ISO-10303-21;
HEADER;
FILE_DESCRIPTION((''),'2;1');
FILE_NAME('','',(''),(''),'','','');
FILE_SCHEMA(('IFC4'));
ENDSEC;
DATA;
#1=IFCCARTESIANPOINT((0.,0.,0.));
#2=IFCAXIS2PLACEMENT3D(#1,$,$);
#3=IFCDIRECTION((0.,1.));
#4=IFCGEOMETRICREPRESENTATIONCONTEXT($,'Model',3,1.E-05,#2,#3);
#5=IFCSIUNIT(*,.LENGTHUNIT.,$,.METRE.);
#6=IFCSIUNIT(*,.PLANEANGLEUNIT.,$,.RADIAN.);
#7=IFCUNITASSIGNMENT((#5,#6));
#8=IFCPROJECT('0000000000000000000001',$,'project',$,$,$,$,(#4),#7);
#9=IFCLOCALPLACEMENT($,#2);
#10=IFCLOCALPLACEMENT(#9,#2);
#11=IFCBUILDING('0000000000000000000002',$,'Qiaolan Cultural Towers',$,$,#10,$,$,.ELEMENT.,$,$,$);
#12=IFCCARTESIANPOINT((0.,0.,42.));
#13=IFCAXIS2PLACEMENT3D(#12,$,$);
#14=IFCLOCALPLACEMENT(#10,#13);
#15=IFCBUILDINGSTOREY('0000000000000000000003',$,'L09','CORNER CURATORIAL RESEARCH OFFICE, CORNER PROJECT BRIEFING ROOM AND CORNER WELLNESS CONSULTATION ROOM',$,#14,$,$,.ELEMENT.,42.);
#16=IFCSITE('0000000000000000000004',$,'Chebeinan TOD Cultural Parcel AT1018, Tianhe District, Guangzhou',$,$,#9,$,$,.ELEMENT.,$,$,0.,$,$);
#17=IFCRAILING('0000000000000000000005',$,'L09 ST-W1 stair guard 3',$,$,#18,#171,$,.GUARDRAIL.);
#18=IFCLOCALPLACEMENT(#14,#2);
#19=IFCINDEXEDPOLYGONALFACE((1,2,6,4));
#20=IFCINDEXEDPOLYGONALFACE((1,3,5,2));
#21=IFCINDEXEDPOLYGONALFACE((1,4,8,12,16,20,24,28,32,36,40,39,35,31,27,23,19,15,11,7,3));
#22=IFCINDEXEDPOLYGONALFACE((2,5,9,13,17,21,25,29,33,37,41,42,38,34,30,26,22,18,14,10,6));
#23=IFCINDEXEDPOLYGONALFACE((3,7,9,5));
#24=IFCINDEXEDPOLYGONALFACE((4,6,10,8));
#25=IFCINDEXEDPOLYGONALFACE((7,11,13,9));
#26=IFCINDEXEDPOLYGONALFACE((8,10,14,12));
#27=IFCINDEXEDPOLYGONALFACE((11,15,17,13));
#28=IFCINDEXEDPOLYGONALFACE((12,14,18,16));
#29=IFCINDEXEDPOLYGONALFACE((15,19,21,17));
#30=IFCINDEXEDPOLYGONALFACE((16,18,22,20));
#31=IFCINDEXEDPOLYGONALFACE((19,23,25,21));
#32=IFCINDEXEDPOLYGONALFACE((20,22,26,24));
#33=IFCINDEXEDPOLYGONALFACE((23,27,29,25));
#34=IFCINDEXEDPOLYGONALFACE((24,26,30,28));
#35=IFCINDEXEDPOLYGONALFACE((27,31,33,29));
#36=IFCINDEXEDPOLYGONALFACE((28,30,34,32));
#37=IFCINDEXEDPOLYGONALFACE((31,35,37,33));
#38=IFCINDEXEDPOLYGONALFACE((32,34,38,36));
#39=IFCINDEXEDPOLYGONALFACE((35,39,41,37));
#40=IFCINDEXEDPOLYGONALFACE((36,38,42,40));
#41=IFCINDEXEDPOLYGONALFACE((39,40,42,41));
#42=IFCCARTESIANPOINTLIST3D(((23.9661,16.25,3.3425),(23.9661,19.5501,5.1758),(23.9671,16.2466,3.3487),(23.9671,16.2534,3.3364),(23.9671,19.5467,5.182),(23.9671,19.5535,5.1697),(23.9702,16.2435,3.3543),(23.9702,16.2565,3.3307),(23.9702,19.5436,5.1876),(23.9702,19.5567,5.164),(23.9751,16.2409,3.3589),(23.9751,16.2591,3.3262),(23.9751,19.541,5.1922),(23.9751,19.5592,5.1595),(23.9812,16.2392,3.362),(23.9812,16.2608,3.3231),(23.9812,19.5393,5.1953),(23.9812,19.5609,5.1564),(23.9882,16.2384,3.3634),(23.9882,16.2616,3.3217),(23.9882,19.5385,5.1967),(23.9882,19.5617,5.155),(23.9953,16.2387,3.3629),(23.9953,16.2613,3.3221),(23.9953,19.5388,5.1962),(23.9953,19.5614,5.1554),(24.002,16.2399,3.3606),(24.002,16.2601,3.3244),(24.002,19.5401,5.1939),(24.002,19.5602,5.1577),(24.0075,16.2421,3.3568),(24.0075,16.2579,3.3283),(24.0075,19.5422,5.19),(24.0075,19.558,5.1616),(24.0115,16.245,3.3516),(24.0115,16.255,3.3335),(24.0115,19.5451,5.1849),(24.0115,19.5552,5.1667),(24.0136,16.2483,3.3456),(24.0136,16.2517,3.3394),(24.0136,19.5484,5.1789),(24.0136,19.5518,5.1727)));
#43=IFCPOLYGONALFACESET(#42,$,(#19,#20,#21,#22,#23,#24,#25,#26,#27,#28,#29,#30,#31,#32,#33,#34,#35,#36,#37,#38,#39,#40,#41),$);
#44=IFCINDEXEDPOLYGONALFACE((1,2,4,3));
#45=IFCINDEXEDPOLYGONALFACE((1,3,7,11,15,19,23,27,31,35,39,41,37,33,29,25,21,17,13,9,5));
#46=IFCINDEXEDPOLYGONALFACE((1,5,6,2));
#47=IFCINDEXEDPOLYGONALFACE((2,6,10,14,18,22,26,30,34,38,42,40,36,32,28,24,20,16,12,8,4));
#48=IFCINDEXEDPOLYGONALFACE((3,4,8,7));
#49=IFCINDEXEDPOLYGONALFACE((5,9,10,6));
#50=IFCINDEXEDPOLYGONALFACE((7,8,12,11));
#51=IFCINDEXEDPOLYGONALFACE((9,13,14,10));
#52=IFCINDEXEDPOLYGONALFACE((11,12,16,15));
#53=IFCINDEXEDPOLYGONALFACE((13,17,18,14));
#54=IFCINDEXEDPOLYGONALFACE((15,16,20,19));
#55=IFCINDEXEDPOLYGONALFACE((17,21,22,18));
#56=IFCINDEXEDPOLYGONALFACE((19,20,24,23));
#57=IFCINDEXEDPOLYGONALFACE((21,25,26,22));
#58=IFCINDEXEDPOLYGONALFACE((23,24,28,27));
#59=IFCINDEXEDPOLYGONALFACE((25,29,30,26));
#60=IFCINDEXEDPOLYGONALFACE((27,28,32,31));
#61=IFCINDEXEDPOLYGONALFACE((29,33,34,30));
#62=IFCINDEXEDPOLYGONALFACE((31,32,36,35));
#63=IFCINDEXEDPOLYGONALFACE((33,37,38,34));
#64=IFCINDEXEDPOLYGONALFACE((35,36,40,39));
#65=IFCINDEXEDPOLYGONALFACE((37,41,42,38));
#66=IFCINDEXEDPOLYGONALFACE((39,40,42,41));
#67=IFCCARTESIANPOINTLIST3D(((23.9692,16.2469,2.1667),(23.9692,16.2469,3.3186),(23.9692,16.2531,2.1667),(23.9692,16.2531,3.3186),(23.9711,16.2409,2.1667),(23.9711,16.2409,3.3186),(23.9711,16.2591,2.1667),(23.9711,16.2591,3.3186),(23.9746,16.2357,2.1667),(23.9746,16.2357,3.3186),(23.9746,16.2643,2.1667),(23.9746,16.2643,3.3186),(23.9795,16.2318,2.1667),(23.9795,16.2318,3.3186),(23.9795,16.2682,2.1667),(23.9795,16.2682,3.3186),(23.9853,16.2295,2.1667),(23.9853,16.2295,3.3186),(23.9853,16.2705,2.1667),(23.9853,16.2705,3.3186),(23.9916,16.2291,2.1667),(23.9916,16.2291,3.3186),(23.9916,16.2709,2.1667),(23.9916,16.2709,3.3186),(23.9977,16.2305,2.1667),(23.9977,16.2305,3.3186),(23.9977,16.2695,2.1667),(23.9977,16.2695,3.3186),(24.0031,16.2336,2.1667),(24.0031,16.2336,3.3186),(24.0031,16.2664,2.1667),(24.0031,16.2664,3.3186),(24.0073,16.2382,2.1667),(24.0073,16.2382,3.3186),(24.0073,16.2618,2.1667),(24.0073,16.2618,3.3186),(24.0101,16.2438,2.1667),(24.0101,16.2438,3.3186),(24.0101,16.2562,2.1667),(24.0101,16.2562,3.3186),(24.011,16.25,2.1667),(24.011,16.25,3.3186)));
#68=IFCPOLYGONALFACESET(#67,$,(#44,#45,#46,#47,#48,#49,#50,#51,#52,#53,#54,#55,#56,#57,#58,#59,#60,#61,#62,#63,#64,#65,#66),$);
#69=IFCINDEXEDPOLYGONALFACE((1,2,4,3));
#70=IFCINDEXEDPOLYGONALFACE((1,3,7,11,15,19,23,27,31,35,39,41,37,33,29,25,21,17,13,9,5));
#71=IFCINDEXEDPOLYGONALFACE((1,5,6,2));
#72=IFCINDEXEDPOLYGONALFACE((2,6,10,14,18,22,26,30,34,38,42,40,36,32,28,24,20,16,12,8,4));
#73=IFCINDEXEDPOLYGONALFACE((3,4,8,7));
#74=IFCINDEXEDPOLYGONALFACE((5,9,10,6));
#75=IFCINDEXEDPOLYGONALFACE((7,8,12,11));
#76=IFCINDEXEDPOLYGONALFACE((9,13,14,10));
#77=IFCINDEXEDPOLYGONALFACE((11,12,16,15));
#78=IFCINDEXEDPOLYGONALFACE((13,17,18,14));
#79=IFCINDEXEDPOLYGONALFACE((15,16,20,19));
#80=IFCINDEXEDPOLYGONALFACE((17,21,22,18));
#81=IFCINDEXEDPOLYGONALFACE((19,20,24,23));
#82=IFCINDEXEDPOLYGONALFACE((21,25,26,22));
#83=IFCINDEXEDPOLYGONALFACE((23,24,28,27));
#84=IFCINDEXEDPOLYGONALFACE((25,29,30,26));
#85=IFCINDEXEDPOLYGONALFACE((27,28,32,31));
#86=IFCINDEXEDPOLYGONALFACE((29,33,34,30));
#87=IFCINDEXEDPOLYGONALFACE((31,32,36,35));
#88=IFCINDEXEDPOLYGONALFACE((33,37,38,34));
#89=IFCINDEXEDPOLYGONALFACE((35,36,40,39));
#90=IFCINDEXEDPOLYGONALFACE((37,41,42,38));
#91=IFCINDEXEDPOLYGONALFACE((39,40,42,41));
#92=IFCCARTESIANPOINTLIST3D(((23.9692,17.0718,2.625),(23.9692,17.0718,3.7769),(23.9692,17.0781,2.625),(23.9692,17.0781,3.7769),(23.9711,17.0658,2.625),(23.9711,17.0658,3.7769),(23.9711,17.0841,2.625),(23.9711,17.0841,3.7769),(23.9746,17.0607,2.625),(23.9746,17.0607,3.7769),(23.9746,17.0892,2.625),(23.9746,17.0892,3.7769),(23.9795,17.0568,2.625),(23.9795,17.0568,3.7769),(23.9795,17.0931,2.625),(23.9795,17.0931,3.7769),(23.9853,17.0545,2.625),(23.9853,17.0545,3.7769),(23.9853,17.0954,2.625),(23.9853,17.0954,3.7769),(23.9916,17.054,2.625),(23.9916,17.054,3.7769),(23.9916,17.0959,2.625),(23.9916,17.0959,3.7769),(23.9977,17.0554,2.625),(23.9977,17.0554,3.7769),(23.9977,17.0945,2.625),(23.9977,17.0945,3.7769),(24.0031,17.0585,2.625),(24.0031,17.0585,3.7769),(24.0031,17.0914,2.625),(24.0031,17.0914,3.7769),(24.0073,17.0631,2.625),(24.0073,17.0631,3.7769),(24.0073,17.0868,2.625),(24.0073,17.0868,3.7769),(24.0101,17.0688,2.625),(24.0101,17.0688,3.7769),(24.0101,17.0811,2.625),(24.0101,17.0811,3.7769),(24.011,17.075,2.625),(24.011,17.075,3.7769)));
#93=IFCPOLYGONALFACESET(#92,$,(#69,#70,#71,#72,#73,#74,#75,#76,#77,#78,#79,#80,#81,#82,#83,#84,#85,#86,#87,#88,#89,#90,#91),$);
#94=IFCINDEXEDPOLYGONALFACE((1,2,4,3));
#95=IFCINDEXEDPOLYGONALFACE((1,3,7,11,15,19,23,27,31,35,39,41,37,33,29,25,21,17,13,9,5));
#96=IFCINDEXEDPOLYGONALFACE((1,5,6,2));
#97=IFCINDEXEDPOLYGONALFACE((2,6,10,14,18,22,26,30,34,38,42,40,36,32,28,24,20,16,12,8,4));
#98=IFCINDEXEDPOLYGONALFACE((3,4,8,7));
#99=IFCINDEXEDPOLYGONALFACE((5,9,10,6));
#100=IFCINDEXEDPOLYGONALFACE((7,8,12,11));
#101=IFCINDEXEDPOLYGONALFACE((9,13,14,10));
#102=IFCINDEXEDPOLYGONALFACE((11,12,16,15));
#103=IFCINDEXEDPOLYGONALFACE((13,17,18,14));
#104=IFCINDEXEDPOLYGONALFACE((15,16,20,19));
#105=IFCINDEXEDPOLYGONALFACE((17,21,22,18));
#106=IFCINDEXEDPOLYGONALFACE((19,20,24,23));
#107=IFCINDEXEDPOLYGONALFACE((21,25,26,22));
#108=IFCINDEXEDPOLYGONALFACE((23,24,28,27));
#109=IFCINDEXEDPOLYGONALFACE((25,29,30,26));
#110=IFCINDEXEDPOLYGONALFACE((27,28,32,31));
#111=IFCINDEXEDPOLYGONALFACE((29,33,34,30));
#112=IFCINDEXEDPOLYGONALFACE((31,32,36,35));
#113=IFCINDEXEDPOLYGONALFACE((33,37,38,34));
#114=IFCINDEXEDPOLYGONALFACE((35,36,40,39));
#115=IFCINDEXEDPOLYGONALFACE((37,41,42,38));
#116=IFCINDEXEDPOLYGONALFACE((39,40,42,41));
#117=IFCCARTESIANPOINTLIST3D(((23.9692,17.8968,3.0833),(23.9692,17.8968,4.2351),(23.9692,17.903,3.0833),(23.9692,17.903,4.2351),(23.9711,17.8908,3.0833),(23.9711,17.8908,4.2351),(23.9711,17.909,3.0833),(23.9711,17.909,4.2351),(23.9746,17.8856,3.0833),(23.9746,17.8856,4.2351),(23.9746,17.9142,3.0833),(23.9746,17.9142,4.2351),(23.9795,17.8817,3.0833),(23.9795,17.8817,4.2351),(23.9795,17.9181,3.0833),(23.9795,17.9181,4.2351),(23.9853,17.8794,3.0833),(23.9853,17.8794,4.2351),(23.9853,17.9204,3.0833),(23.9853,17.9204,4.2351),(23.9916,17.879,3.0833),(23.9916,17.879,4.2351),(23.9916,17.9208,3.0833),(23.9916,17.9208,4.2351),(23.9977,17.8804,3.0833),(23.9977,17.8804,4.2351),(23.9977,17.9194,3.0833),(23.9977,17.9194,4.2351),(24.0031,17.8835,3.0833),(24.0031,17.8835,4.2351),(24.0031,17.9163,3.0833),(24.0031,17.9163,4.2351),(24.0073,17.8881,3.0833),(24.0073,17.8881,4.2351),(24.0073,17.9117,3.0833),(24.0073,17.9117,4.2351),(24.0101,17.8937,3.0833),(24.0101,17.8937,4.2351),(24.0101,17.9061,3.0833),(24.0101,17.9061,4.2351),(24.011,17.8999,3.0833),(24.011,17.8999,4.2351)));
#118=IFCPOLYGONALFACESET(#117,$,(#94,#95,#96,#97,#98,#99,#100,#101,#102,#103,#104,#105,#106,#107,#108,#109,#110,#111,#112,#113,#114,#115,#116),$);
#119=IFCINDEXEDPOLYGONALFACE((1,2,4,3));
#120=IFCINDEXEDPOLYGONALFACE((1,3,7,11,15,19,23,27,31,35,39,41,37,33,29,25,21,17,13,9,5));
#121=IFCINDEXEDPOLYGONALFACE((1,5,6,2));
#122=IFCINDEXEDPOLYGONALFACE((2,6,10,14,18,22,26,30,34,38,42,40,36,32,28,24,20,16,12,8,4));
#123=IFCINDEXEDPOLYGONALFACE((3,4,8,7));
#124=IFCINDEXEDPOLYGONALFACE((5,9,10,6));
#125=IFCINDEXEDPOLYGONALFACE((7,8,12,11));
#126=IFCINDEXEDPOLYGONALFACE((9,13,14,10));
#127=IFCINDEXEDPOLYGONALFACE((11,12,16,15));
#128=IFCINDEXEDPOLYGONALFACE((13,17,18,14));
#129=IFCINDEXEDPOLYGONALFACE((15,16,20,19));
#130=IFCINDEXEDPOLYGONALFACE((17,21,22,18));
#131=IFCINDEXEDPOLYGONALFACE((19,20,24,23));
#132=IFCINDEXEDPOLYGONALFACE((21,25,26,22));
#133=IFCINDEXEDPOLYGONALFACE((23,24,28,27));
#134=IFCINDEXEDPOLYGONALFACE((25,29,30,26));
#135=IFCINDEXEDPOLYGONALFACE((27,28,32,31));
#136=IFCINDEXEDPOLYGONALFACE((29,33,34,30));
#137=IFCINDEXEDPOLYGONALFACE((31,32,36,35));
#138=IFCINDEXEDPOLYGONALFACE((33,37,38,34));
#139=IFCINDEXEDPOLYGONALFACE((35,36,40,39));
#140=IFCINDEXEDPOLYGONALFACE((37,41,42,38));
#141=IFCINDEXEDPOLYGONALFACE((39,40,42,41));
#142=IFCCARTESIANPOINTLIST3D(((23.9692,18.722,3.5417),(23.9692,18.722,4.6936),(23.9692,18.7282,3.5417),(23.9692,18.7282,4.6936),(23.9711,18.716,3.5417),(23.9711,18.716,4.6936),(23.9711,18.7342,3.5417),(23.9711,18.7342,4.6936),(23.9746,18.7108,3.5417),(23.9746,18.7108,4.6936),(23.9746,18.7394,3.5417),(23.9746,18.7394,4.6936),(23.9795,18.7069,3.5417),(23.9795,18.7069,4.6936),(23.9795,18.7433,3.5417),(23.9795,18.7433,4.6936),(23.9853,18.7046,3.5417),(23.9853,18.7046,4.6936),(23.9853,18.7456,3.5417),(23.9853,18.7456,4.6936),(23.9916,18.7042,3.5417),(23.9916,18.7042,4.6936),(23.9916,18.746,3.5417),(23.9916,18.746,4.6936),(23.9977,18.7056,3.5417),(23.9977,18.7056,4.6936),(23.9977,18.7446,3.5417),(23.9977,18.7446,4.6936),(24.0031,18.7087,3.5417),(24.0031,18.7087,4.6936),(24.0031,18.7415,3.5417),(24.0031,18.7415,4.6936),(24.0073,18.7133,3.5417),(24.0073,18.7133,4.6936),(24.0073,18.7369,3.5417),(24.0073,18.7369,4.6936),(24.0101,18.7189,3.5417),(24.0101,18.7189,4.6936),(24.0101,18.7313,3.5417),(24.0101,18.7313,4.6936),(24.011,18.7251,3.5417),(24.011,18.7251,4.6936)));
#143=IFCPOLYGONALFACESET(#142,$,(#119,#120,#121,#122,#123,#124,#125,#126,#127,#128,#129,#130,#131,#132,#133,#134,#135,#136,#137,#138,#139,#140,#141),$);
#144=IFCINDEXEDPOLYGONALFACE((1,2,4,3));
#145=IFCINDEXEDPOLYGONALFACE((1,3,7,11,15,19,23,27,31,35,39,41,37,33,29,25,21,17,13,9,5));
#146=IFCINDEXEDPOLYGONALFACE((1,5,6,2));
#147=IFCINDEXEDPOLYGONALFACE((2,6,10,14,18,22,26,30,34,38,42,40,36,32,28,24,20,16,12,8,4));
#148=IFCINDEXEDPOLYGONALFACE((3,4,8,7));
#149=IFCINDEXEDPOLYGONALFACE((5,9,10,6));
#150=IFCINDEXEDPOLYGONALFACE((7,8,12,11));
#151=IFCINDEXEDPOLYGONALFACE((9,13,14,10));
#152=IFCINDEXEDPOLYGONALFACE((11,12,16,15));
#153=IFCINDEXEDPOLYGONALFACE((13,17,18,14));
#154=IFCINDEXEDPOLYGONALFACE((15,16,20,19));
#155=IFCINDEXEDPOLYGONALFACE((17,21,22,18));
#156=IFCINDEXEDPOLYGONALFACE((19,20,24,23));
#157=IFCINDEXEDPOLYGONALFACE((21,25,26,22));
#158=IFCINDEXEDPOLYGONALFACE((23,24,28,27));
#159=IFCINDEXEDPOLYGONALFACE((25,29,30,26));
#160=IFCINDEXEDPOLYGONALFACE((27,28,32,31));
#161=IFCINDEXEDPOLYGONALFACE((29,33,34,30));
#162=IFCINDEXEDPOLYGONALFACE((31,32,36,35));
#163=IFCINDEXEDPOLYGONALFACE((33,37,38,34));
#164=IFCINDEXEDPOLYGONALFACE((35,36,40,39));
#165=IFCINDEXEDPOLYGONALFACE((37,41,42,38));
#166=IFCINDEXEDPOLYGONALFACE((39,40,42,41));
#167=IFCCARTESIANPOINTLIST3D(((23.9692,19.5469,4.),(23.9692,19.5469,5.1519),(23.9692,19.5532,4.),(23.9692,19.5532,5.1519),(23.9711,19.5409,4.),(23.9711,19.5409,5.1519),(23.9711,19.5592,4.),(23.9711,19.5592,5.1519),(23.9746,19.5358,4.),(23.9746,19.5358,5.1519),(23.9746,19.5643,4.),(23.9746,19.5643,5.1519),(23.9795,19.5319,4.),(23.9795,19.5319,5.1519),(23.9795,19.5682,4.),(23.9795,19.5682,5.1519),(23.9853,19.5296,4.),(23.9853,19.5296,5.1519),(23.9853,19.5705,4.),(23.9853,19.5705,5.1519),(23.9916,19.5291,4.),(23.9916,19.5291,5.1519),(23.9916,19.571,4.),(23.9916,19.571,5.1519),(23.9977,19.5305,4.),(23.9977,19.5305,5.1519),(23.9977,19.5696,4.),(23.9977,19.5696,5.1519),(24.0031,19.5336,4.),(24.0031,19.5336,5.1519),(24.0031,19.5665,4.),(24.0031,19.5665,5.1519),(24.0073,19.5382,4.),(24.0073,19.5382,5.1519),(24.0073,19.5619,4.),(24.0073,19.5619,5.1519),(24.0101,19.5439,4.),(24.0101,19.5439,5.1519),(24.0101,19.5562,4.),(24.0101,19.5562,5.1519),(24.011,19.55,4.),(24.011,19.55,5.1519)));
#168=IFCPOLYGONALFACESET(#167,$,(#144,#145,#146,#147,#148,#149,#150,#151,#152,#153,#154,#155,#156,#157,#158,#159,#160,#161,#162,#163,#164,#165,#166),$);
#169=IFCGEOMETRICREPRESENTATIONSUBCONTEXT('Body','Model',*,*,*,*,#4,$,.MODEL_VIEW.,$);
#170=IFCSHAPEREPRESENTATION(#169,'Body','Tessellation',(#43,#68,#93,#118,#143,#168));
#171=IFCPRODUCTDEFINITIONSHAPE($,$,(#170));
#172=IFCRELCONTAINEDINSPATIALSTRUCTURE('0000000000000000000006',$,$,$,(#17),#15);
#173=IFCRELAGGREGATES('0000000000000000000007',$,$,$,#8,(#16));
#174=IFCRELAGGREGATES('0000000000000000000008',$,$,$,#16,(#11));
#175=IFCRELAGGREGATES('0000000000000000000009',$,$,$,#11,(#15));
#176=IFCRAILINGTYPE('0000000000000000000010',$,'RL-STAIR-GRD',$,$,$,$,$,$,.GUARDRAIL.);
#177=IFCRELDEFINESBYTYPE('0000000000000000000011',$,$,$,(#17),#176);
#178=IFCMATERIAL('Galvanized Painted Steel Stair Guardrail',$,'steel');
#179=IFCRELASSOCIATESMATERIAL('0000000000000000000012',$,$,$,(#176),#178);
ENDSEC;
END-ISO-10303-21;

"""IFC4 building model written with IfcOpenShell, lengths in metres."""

from ifc_helpers import new_model, si_unit, direction, frame, origin, origin_2d, place, context, subcontext, project, spatial, circle, extrude, material, type_object, element, save


model = new_model("IFC4")

# Units and contexts
model_context = context("Model", 3, precision=1e-05, world=origin(), true_north=direction((0.0, 1.0)))
body_context = subcontext(model_context, "Body", "Model", "MODEL_VIEW")
ifc_project = project(units=[si_unit("LENGTHUNIT", "METRE"), si_unit("PLANEANGLEUNIT", "RADIAN")], contexts=[model_context])

# Site, building, storey
site_placement = place(None, origin())
site = spatial("IfcSite", under=ifc_project, at=site_placement, Name="Chebeinan TOD Cultural Parcel AT1018, Tianhe District, Guangzhou", CompositionType="ELEMENT", RefElevation=0.0)
building_placement = place(site_placement, origin())
building = spatial("IfcBuilding", under=site, at=building_placement, Name="Qiaolan Cultural Towers", CompositionType="ELEMENT")
storey_placement = place(building_placement, frame((0.0, 0.0, 42.0)))
storey = spatial("IfcBuildingStorey", under=building, at=storey_placement, Name="L09", Description="CORNER CURATORIAL RESEARCH OFFICE, CORNER PROJECT BRIEFING ROOM AND CORNER WELLNESS CONSULTATION ROOM", CompositionType="ELEMENT", Elevation=42.0)

# Railing
ifc_material_1 = material(Name="Galvanized Painted Steel Stair Guardrail", Category="steel")
railing_type_1 = type_object("IfcRailingType", Name="RL-STAIR-GRD", PredefinedType="GUARDRAIL", material=ifc_material_1)
railing_1_placement = place(storey_placement, frame((23.99, 16.25, 2.1667)))
element("IfcRailing", 1, at=railing_1_placement, inside=storey, type_object=railing_type_1, Name="L09 ST-W1 stair guard 3", PredefinedType="GUARDRAIL", context=body_context, shape_type="SweptSolid", body=[
    extrude(circle(Radius=0.0239, at=origin_2d()), frame((0.0, 0.0, 1.1758), z_axis=(0.0, 0.874169, 0.485621), x_axis=(-1.0, 0.0, 0.0)), (0.0, 0.0, 1.0), 3.7751),
    extrude(circle(Radius=0.021, at=origin_2d()), origin(), (0.0, 0.0, 1.0), 1.1519),
    extrude(circle(Radius=0.021, at=origin_2d()), frame((0.0, 0.825, 0.4583)), (0.0, 0.0, 1.0), 1.1519),
    extrude(circle(Radius=0.021, at=origin_2d()), frame((0.0, 1.6499, 0.9165)), (0.0, 0.0, 1.0), 1.1519),
    extrude(circle(Radius=0.021, at=origin_2d()), frame((0.0, 2.4751, 1.375)), (0.0, 0.0, 1.0), 1.1519),
    extrude(circle(Radius=0.021, at=origin_2d()), frame((0.0, 3.3, 1.8333)), (0.0, 0.0, 1.0), 1.1519),
])

save(model, "model.ifc")
